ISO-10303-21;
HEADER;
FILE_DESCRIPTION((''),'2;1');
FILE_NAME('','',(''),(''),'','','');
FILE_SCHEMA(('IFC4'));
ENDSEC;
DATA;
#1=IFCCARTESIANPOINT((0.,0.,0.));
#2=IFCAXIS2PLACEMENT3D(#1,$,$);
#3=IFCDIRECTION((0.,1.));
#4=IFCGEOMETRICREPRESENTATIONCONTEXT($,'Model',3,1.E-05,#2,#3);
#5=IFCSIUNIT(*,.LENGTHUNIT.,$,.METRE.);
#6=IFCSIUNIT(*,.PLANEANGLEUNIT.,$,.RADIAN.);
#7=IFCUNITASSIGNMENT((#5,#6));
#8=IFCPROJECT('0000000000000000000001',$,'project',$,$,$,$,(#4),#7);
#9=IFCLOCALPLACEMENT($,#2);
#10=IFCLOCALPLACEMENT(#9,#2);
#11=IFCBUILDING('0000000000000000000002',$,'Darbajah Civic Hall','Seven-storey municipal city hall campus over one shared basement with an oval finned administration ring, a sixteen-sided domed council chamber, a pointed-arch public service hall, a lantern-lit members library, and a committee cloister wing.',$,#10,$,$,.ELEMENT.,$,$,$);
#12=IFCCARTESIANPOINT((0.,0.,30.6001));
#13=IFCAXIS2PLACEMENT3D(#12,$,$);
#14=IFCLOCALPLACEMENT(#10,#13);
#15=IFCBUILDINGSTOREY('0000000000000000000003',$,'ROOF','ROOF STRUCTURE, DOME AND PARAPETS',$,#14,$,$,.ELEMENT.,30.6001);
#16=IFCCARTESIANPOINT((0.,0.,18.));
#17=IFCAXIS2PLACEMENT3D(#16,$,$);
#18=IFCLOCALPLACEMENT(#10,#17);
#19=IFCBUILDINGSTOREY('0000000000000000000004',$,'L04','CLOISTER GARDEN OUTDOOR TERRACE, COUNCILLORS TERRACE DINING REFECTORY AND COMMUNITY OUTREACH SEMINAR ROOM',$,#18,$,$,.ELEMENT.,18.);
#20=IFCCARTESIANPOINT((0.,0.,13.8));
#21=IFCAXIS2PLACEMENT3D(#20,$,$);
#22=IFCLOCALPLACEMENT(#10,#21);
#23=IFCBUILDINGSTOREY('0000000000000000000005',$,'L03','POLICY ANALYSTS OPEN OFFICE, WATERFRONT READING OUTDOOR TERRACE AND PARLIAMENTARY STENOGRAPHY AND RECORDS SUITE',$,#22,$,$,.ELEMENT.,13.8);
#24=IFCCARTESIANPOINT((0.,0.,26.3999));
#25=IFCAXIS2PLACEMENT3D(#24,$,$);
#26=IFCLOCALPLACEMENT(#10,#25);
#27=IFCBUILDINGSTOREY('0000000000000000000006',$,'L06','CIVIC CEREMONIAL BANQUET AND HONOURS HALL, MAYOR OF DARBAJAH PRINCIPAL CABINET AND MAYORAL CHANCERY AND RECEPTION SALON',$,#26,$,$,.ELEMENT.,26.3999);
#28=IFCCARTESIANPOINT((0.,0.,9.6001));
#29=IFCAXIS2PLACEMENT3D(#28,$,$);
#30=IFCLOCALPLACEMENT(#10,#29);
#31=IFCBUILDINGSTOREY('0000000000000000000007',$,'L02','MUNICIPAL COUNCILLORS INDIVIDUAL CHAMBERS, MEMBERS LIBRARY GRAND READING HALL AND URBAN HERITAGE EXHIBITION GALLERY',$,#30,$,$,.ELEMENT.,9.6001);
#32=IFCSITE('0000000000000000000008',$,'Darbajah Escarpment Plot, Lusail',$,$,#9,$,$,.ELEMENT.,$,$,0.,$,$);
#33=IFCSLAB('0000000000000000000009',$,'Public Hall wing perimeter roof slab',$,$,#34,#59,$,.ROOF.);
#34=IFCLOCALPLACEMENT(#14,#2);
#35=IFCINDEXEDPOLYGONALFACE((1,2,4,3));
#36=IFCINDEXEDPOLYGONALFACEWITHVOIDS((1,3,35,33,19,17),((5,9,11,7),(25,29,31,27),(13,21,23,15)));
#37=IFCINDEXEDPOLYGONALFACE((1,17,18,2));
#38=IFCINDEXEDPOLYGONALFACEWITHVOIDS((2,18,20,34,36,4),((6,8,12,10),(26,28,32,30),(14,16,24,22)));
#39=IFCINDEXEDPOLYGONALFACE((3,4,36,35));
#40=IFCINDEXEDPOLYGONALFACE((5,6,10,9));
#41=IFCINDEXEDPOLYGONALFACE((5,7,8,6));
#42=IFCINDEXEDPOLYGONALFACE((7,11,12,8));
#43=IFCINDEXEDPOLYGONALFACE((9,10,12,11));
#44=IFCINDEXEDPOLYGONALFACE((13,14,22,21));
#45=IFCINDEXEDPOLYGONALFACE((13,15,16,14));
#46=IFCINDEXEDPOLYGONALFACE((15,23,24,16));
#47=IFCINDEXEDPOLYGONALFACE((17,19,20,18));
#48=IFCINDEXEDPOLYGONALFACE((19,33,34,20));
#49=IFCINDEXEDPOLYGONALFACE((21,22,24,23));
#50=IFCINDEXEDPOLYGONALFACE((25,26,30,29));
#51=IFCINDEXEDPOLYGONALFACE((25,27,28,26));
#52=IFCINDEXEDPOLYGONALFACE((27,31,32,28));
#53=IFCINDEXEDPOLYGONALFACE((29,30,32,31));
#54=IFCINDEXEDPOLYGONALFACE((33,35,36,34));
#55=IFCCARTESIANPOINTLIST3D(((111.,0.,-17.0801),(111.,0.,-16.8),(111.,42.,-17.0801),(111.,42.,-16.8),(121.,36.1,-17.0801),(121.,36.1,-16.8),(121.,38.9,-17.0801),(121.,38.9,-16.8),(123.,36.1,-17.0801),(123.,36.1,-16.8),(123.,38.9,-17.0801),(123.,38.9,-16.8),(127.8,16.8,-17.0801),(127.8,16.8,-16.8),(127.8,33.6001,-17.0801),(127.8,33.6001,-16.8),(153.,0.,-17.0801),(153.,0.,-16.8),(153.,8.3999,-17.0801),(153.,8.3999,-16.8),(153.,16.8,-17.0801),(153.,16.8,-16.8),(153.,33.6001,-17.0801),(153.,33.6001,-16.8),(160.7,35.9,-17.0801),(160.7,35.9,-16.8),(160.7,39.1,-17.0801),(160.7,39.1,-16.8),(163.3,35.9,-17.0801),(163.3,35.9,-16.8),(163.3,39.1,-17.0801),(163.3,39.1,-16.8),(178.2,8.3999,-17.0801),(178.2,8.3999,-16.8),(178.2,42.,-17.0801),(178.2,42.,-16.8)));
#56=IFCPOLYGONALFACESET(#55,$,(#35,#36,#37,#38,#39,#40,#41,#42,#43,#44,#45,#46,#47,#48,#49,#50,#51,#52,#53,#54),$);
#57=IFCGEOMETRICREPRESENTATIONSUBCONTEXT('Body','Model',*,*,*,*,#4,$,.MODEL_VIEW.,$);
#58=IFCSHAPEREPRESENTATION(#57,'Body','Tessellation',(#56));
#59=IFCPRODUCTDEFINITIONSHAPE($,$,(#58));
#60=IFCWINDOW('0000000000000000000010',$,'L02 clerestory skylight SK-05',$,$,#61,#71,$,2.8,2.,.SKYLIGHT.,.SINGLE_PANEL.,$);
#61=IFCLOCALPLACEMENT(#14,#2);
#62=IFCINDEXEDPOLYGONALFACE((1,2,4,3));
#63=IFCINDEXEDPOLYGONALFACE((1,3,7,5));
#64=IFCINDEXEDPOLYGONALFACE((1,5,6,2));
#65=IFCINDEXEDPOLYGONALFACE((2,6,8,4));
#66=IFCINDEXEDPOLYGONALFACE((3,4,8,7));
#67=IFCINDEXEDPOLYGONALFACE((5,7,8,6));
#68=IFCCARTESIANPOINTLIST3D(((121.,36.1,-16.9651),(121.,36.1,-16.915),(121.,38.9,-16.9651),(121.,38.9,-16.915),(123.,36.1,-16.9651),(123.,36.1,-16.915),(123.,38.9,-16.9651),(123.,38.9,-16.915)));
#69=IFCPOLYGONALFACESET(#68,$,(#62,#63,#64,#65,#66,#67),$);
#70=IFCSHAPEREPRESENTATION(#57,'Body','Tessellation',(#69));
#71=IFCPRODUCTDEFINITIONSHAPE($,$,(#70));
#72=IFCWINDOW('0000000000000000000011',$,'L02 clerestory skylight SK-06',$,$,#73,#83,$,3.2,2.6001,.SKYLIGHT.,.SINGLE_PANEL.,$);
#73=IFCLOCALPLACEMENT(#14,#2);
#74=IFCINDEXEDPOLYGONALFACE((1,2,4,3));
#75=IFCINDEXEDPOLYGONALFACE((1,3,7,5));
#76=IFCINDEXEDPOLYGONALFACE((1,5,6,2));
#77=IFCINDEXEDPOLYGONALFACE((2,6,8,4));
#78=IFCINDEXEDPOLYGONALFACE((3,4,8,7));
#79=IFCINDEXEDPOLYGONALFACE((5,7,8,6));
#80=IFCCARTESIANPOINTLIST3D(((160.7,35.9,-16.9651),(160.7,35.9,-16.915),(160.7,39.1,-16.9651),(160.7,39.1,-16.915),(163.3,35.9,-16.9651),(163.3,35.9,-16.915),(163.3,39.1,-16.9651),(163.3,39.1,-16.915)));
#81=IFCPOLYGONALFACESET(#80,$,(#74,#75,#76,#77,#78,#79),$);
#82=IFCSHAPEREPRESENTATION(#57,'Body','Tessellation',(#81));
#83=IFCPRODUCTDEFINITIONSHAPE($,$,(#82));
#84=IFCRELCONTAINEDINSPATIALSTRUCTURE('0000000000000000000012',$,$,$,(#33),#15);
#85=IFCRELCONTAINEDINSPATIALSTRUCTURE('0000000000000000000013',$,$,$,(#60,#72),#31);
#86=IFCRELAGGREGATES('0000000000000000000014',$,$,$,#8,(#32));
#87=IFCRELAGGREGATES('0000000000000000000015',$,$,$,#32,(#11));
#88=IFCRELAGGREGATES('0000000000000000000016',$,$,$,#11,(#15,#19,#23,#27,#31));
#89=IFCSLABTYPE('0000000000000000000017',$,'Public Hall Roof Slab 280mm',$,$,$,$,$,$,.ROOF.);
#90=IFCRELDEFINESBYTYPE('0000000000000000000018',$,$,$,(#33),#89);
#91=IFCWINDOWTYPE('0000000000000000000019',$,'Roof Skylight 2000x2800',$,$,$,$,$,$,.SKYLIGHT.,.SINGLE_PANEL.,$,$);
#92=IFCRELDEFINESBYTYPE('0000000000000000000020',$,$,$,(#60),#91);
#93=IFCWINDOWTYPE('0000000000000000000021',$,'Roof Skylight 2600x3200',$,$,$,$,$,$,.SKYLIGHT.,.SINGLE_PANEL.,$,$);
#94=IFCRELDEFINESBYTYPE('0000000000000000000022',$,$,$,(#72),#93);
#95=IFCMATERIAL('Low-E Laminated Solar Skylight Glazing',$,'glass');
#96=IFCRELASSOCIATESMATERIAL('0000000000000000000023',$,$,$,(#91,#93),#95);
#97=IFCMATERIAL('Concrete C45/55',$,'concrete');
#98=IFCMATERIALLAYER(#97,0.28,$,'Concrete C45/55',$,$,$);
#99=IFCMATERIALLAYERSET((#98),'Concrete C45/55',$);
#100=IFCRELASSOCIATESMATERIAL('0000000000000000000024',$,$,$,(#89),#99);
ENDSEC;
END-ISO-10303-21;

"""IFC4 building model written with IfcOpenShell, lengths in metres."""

from ifc_helpers import new_model, si_unit, direction, frame, origin, origin_2d, place, context, subcontext, project, spatial, polyline, rectangle, outline, extrude, material, layer, layer_set, type_object, element, fill, save


model = new_model("IFC4")

# Units and contexts
model_context = context("Model", 3, precision=1e-05, world=origin(), true_north=direction((0.0, 1.0)))
body_context = subcontext(model_context, "Body", "Model", "MODEL_VIEW")
ifc_project = project(units=[si_unit("LENGTHUNIT", "METRE"), si_unit("PLANEANGLEUNIT", "RADIAN")], contexts=[model_context])

# Site, building, storey
site_placement = place(None, origin())
site = spatial("IfcSite", under=ifc_project, at=site_placement, Name="Darbajah Escarpment Plot, Lusail", CompositionType="ELEMENT", RefElevation=0.0)
building_placement = place(site_placement, origin())
building = spatial("IfcBuilding", under=site, at=building_placement, Name="Darbajah Civic Hall", Description="Seven-storey municipal city hall campus over one shared basement with an oval finned administration ring, a sixteen-sided domed council chamber, a pointed-arch public service hall, a lantern-lit members library, and a committee cloister wing.", CompositionType="ELEMENT")
storey_1_placement = place(building_placement, frame((0.0, 0.0, 30.6001)))
storey_1 = spatial("IfcBuildingStorey", under=building, at=storey_1_placement, Name="ROOF", Description="ROOF STRUCTURE, DOME AND PARAPETS", CompositionType="ELEMENT", Elevation=30.6001)

# Shared definitions
ifc_material_1 = material(Name="Concrete C45/55", Category="concrete")

# Shared definitions
storey_2_placement = place(building_placement, frame((0.0, 0.0, 18.0)))
storey_2 = spatial("IfcBuildingStorey", under=building, at=storey_2_placement, Name="L04", Description="CLOISTER GARDEN OUTDOOR TERRACE, COUNCILLORS TERRACE DINING REFECTORY AND COMMUNITY OUTREACH SEMINAR ROOM", CompositionType="ELEMENT", Elevation=18.0)

# Shared definitions
ifc_material_2 = material(Name="Low-E Laminated Solar Skylight Glazing", Category="glass")
window_type_1 = type_object("IfcWindowType", Name="Roof Skylight 2000x2800", PartitioningType="SINGLE_PANEL", PredefinedType="SKYLIGHT", material=ifc_material_2)

# Shared definitions
storey_3_placement = place(building_placement, frame((0.0, 0.0, 13.8)))
storey_3 = spatial("IfcBuildingStorey", under=building, at=storey_3_placement, Name="L03", Description="POLICY ANALYSTS OPEN OFFICE, WATERFRONT READING OUTDOOR TERRACE AND PARLIAMENTARY STENOGRAPHY AND RECORDS SUITE", CompositionType="ELEMENT", Elevation=13.8)

# Shared definitions
storey_4_placement = place(building_placement, frame((0.0, 0.0, 26.3999)))
storey_4 = spatial("IfcBuildingStorey", under=building, at=storey_4_placement, Name="L06", Description="CIVIC CEREMONIAL BANQUET AND HONOURS HALL, MAYOR OF DARBAJAH PRINCIPAL CABINET AND MAYORAL CHANCERY AND RECEPTION SALON", CompositionType="ELEMENT", Elevation=26.3999)

# Slab, openings
ifc_layer_1 = layer(ifc_material_1, 0.28, Name="Concrete C45/55")
ifc_layer_set_1 = layer_set([ifc_layer_1], Name="Concrete C45/55")
slab_type_1 = type_object("IfcSlabType", Name="Public Hall Roof Slab 280mm", PredefinedType="ROOF", material=ifc_layer_set_1)
slab_1_placement = place(storey_1_placement, frame((0.0, 0.0, -17.0801)))
slab_1 = element("IfcSlab", 1, at=slab_1_placement, inside=storey_1, type_object=slab_type_1, Name="Public Hall wing perimeter roof slab", PredefinedType="ROOF", context=body_context, shape_type="SweptSolid", body=[
    extrude(outline(polyline([(111.0, 0.0), (153.0, 0.0), (153.0, 8.3999), (178.2, 8.3999), (178.2, 42.0), (111.0, 42.0), (111.0, 0.0)]), holes=[polyline([(127.8, 33.6001), (153.0, 33.6001), (153.0, 16.8), (127.8, 16.8), (127.8, 33.6001)])]), origin(), (0.0, 0.0, 1.0), 0.28),
])
opening_1_placement = place(slab_1_placement, frame((122.0, 37.5, 0.0)))
opening_1 = element("IfcOpeningElement", 2, at=opening_1_placement, cuts=slab_1, PredefinedType="OPENING", context=body_context, shape_type="SweptSolid", body=[
    extrude(rectangle(XDim=2.0, YDim=2.8, at=origin_2d()), frame((0.0, 0.0, -0.01)), (0.0, 0.0, 1.0), 0.3),
])
opening_2_placement = place(slab_1_placement, frame((162.0, 37.5, 0.0)))
opening_2 = element("IfcOpeningElement", 3, at=opening_2_placement, cuts=slab_1, PredefinedType="OPENING", context=body_context, shape_type="SweptSolid", body=[
    extrude(rectangle(XDim=2.6001, YDim=3.2, at=origin_2d()), frame((0.0, 0.0, -0.01)), (0.0, 0.0, 1.0), 0.3),
])

# Shared definitions
storey_5_placement = place(building_placement, frame((0.0, 0.0, 9.6001)))
storey_5 = spatial("IfcBuildingStorey", under=building, at=storey_5_placement, Name="L02", Description="MUNICIPAL COUNCILLORS INDIVIDUAL CHAMBERS, MEMBERS LIBRARY GRAND READING HALL AND URBAN HERITAGE EXHIBITION GALLERY", CompositionType="ELEMENT", Elevation=9.6001)

# Windows
window_1_placement = place(opening_1_placement, frame((0.0, 0.0, 0.115)))
window_1 = element("IfcWindow", 4, at=window_1_placement, inside=storey_5, type_object=window_type_1, Name="L02 clerestory skylight SK-05", OverallHeight=2.8, OverallWidth=2.0, PartitioningType="SINGLE_PANEL", PredefinedType="SKYLIGHT", context=body_context, shape_type="SweptSolid", body=[
    extrude(rectangle(XDim=2.0, YDim=2.8, at=origin_2d()), origin(), (0.0, 0.0, 1.0), 0.05),
])
fill(opening_1, window_1)
window_type_2 = type_object("IfcWindowType", Name="Roof Skylight 2600x3200", PartitioningType="SINGLE_PANEL", PredefinedType="SKYLIGHT", material=ifc_material_2)
window_2_placement = place(opening_2_placement, frame((0.0, 0.0, 0.115)))
window_2 = element("IfcWindow", 5, at=window_2_placement, inside=storey_5, type_object=window_type_2, Name="L02 clerestory skylight SK-06", OverallHeight=3.2, OverallWidth=2.6001, PartitioningType="SINGLE_PANEL", PredefinedType="SKYLIGHT", context=body_context, shape_type="SweptSolid", body=[
    extrude(rectangle(XDim=2.6001, YDim=3.2, at=origin_2d()), origin(), (0.0, 0.0, 1.0), 0.05),
])
fill(opening_2, window_2)

save(model, "model.ifc")
